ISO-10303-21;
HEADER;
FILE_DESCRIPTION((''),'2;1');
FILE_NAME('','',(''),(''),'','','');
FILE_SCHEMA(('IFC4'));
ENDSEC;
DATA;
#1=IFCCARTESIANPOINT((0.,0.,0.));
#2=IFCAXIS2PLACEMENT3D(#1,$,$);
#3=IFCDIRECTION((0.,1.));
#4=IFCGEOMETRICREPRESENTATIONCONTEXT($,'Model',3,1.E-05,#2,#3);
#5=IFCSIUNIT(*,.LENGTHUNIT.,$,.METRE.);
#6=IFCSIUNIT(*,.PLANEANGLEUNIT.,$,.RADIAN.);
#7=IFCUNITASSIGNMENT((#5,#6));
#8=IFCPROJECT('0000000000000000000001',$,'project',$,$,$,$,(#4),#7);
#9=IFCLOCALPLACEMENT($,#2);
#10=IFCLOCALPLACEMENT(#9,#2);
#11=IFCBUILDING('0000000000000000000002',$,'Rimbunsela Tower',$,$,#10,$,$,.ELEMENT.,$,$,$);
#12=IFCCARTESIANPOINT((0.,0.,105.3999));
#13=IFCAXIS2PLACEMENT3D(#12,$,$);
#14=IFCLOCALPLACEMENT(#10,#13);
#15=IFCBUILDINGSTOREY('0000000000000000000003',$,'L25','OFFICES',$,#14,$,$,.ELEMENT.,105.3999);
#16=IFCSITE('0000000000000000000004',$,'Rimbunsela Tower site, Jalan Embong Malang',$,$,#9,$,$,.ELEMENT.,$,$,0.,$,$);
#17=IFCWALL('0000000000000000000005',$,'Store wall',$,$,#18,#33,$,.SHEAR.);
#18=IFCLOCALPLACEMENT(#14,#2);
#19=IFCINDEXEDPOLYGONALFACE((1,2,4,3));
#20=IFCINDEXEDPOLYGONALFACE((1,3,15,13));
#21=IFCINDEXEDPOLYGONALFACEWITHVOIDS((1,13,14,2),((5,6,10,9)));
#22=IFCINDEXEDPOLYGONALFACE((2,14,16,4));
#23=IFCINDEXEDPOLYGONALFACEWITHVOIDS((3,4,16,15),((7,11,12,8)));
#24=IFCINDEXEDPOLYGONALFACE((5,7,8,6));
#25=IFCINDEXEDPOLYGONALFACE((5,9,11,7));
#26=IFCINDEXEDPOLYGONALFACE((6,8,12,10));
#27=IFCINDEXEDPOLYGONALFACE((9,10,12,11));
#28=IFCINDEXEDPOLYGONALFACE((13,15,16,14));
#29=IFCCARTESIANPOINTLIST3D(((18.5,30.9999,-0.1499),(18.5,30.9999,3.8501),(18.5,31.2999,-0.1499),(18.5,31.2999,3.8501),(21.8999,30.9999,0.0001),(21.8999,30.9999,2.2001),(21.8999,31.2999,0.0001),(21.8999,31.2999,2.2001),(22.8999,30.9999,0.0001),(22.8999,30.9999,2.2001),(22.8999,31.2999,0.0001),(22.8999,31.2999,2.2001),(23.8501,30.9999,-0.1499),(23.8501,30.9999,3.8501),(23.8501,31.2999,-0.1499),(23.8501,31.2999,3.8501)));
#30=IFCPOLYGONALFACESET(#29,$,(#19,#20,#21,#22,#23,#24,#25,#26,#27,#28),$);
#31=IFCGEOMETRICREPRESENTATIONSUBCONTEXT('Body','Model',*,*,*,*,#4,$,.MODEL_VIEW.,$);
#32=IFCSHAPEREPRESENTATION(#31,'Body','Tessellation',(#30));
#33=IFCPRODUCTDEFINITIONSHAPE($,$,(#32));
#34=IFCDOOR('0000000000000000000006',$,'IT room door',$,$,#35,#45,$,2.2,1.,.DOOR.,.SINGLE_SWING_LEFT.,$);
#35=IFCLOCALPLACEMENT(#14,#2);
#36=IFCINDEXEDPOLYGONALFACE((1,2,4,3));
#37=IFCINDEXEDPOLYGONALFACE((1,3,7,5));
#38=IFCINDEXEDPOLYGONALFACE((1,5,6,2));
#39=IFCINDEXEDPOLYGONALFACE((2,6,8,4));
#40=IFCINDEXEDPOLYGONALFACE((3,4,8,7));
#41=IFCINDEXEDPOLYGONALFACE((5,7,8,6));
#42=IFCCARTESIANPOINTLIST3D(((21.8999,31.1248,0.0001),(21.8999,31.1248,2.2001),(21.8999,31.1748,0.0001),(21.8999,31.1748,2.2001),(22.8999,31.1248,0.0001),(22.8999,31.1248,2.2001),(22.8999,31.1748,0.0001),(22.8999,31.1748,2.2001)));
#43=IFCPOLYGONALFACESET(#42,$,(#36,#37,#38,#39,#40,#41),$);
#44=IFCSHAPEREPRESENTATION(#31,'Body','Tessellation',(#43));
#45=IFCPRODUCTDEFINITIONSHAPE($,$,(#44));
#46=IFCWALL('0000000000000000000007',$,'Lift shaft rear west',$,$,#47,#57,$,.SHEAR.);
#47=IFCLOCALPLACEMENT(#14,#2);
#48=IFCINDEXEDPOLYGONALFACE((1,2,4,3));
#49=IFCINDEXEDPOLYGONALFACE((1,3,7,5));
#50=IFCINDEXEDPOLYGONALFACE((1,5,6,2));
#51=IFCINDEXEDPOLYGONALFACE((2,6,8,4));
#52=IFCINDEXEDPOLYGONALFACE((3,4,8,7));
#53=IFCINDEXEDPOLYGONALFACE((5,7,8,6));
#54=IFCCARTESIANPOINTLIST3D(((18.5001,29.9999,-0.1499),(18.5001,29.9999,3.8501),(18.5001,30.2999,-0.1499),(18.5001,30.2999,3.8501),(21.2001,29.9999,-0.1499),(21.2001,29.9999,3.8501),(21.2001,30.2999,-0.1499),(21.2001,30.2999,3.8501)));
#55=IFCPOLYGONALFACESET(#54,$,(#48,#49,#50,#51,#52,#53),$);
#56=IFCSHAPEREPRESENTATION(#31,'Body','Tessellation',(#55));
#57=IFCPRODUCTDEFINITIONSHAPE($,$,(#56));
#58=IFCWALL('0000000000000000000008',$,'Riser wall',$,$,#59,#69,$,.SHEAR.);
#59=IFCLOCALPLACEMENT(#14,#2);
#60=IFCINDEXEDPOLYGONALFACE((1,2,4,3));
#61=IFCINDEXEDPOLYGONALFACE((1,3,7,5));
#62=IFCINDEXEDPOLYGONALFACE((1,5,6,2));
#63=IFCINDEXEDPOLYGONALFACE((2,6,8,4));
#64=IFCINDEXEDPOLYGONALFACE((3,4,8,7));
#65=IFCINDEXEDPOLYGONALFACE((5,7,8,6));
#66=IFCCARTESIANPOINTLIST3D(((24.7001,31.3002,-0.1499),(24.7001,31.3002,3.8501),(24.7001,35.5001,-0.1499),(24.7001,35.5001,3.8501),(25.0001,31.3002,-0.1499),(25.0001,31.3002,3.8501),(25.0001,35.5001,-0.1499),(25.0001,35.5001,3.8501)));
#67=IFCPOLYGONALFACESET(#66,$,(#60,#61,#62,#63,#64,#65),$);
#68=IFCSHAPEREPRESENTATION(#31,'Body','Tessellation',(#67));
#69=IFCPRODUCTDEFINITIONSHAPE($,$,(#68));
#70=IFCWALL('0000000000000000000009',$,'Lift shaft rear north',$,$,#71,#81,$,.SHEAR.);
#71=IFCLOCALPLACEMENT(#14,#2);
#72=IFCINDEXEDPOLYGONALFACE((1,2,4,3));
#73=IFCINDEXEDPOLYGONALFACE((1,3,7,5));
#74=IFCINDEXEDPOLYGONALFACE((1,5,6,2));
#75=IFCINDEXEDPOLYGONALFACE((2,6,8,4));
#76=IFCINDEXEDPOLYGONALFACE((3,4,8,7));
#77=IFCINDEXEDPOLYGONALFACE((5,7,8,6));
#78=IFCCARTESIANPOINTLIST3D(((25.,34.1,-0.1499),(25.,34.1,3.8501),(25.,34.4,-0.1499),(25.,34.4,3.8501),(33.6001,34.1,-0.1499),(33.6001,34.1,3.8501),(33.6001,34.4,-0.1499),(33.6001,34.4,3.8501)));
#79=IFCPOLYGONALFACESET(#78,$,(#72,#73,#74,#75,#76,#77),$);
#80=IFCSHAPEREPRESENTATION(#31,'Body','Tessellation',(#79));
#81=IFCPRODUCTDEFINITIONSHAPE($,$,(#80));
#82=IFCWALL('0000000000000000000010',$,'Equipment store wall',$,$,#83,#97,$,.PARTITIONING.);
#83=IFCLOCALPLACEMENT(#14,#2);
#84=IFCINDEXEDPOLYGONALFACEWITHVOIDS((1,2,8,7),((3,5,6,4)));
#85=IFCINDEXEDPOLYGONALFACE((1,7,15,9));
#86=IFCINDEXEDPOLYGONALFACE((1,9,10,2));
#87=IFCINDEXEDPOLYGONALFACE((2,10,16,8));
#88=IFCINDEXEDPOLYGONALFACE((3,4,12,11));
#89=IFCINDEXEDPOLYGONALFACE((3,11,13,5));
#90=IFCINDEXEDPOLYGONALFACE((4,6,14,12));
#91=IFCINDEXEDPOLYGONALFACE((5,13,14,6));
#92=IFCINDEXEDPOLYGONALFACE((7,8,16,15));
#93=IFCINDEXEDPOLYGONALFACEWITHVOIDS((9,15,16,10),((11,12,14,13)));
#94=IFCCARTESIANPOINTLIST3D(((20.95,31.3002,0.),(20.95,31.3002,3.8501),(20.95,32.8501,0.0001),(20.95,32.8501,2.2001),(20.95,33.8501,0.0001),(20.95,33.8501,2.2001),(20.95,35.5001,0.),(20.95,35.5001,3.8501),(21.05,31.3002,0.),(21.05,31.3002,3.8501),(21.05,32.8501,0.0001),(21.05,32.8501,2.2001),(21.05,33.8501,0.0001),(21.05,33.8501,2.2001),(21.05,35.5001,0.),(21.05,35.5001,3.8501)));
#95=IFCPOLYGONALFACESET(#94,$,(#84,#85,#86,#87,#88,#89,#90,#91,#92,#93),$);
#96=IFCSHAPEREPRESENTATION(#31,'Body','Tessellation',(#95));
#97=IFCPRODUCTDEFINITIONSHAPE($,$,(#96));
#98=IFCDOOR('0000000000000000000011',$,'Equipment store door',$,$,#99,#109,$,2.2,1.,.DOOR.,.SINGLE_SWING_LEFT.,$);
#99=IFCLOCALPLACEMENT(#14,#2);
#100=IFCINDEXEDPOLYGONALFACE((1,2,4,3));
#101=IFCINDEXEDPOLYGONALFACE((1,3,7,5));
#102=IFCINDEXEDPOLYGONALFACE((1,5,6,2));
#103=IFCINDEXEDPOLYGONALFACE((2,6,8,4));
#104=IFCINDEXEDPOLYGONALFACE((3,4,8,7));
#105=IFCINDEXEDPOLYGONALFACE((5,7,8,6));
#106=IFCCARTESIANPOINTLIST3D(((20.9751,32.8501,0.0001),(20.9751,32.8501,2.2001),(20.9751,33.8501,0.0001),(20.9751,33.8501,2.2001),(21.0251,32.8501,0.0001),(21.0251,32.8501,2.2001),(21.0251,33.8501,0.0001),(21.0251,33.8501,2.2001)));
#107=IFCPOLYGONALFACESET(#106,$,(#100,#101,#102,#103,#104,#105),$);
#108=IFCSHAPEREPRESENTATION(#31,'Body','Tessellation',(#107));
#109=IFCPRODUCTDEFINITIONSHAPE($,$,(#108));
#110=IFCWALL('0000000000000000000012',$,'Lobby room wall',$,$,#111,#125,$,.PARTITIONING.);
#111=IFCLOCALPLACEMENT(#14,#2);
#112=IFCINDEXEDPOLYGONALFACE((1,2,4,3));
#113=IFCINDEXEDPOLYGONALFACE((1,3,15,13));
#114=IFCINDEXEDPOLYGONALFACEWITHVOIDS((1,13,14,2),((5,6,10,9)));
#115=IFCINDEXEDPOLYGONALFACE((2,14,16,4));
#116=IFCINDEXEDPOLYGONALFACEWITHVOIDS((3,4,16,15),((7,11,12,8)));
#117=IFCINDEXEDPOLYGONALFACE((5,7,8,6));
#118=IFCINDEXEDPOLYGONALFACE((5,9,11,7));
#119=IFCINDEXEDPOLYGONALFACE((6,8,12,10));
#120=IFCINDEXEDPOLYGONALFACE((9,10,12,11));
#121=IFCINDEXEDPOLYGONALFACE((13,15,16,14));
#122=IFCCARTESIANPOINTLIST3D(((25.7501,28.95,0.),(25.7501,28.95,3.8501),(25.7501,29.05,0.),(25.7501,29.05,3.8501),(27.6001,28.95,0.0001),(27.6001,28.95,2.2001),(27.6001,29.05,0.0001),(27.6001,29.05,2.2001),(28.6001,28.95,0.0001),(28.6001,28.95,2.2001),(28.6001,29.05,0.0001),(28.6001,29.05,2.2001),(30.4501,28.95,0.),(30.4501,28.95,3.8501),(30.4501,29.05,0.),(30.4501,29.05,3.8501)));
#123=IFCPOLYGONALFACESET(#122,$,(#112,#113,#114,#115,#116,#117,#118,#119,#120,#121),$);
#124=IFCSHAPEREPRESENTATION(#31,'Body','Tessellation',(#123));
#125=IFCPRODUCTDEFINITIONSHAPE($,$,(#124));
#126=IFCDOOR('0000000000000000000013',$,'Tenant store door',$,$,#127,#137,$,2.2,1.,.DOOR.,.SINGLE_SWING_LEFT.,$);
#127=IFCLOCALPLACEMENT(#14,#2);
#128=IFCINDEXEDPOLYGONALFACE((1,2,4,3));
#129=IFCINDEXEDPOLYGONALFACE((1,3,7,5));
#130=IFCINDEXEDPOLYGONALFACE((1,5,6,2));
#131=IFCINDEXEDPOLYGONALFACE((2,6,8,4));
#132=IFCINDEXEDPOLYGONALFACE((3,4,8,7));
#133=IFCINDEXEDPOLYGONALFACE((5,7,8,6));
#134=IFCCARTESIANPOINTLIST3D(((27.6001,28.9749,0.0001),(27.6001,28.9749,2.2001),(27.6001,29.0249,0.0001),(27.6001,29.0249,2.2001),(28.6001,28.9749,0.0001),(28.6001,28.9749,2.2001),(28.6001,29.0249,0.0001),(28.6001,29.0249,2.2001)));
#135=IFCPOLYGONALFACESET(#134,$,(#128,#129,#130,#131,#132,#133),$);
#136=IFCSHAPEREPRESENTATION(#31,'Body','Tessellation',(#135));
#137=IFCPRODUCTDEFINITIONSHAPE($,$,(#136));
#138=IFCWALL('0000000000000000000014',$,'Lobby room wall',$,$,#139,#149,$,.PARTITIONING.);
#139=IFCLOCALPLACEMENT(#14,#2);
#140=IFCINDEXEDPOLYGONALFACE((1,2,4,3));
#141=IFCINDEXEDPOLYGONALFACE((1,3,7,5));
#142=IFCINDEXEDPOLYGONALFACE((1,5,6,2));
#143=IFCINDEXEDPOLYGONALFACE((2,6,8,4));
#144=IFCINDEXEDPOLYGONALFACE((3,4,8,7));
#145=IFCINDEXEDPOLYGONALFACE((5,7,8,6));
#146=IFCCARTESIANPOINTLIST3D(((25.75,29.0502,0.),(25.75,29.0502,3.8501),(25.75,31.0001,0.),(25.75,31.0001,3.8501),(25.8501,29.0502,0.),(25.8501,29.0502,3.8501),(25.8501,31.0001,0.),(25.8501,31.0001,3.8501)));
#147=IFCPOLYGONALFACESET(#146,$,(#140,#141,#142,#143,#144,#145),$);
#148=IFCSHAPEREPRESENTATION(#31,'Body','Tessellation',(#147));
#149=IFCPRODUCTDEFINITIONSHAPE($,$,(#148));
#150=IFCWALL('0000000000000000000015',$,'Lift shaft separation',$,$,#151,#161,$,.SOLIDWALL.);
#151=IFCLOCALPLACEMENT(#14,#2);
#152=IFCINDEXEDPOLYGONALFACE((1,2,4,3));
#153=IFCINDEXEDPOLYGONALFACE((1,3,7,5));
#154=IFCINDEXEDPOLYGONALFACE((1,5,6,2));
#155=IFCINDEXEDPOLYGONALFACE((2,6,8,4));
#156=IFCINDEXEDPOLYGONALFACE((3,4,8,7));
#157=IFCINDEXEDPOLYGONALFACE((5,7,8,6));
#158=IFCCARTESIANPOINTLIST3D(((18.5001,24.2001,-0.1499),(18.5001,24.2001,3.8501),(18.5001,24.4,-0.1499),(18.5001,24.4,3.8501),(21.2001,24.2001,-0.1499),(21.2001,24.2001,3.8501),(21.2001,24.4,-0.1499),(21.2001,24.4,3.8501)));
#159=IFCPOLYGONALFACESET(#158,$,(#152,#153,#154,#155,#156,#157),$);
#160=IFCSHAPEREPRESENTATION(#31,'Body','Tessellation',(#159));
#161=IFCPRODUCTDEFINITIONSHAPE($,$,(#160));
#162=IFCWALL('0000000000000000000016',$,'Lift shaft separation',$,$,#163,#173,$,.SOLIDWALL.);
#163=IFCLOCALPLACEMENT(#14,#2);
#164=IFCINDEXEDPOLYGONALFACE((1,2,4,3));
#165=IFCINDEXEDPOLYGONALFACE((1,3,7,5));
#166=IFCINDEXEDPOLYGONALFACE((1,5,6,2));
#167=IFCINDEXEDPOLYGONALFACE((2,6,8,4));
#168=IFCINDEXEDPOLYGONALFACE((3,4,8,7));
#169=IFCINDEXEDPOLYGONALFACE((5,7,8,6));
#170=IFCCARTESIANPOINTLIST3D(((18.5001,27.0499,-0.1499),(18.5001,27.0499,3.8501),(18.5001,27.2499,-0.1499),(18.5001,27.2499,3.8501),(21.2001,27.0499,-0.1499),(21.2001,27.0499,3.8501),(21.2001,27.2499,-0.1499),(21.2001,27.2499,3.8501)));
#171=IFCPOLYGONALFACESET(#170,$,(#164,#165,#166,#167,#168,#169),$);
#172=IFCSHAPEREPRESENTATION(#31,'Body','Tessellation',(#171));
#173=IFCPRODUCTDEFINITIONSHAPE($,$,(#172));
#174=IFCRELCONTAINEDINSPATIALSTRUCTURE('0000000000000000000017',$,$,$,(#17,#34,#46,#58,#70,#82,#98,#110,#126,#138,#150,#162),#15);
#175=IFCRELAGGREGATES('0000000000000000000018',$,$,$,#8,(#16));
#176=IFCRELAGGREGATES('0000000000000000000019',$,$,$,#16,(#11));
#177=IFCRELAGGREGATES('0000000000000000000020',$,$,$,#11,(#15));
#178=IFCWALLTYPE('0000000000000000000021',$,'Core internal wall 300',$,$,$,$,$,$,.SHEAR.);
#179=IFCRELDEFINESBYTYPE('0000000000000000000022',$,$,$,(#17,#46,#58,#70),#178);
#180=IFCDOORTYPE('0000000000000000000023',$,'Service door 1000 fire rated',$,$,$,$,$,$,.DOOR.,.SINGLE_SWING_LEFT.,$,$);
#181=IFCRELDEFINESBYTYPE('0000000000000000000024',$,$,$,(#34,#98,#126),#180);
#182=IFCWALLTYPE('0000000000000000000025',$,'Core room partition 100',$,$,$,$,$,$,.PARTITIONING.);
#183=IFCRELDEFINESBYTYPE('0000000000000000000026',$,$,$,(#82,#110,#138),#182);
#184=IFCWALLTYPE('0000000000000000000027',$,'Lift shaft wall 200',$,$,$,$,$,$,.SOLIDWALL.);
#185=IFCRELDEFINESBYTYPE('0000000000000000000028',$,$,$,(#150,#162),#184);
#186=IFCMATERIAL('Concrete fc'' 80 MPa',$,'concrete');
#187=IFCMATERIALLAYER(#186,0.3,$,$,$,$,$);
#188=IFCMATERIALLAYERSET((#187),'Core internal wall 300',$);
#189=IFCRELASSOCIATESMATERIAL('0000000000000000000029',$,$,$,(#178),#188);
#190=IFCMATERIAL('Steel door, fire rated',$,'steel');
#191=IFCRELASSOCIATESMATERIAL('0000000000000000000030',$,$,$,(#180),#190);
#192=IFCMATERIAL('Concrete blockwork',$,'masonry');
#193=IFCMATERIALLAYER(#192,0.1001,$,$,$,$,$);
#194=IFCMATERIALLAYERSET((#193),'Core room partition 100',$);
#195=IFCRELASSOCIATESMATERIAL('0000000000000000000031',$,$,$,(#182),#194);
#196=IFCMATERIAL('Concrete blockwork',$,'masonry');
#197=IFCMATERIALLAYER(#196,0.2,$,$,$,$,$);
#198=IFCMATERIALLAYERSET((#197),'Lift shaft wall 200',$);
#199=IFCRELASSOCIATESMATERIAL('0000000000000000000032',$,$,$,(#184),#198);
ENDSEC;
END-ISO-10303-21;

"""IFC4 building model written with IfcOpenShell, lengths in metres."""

from ifc_helpers import new_model, si_unit, direction, frame, frame_2d, origin, place, context, subcontext, project, spatial, rectangle, extrude, material, layer, layer_set, type_object, element, fill, save


model = new_model("IFC4")

# Units and contexts
model_context = context("Model", 3, precision=1e-05, world=origin(), true_north=direction((0.0, 1.0)))
body_context = subcontext(model_context, "Body", "Model", "MODEL_VIEW")
ifc_project = project(units=[si_unit("LENGTHUNIT", "METRE"), si_unit("PLANEANGLEUNIT", "RADIAN")], contexts=[model_context])

# Site, building, storey
site_placement = place(None, origin())
site = spatial("IfcSite", under=ifc_project, at=site_placement, Name="Rimbunsela Tower site, Jalan Embong Malang", CompositionType="ELEMENT", RefElevation=0.0)
building_placement = place(site_placement, origin())
building = spatial("IfcBuilding", under=site, at=building_placement, Name="Rimbunsela Tower", CompositionType="ELEMENT")
storey_placement = place(building_placement, frame((0.0, 0.0, 105.3999)))
storey = spatial("IfcBuildingStorey", under=building, at=storey_placement, Name="L25", Description="OFFICES", CompositionType="ELEMENT", Elevation=105.3999)

# Shared definitions
ifc_material_1 = material(Name="Concrete fc' 80 MPa", Category="concrete")
ifc_layer_1 = layer(ifc_material_1, 0.3)
ifc_layer_set_1 = layer_set([ifc_layer_1], Name="Core internal wall 300")
wall_type_1 = type_object("IfcWallType", Name="Core internal wall 300", PredefinedType="SHEAR", material=ifc_layer_set_1)

# Wall, opening, door
wall_1_placement = place(storey_placement, frame((18.5, 31.1499, -0.1499), z_axis=(0.0, 0.0, 1.0), x_axis=(1.0, 0.0, 0.0)))
wall_1 = element("IfcWall", 1, at=wall_1_placement, inside=storey, type_object=wall_type_1, Name="Store wall", PredefinedType="SHEAR", context=body_context, shape_type="SweptSolid", body=[
    extrude(rectangle(XDim=5.3501, YDim=0.3, at=frame_2d((2.675, 0.0))), origin(), (0.0, 0.0, 1.0), 4.0),
])
opening_1_placement = place(wall_1_placement, frame((3.3999, 0.0, 0.1499)))
opening_1 = element("IfcOpeningElement", 2, at=opening_1_placement, cuts=wall_1, PredefinedType="OPENING", context=body_context, shape_type="SweptSolid", body=[
    extrude(rectangle(XDim=1.0, YDim=2.2, at=frame_2d((0.5, 1.1001))), frame((0.0, 0.1599, 0.0), z_axis=(0.0, -1.0, 0.0), x_axis=(1.0, 0.0, 0.0)), (0.0, 0.0, 1.0), 0.3201),
])
ifc_material_2 = material(Name="Steel door, fire rated", Category="steel")
door_type_1 = type_object("IfcDoorType", Name="Service door 1000 fire rated", OperationType="SINGLE_SWING_LEFT", PredefinedType="DOOR", material=ifc_material_2)
door_1_placement = place(opening_1_placement, origin())
door_1 = element("IfcDoor", 3, at=door_1_placement, inside=storey, type_object=door_type_1, Name="IT room door", OperationType="SINGLE_SWING_LEFT", OverallHeight=2.2, OverallWidth=1.0, PredefinedType="DOOR", context=body_context, shape_type="SweptSolid", body=[
    extrude(rectangle(XDim=1.0, YDim=2.2, at=frame_2d((0.5, 1.1001))), frame((0.0, 0.0249, 0.0), z_axis=(0.0, -1.0, 0.0), x_axis=(1.0, 0.0, 0.0)), (0.0, 0.0, 1.0), 0.05),
])
fill(opening_1, door_1)

# Walls
wall_2_placement = place(storey_placement, frame((18.5, 30.1499, -0.1499), z_axis=(0.0, 0.0, 1.0), x_axis=(1.0, 0.0, 0.0)))
element("IfcWall", 4, at=wall_2_placement, inside=storey, type_object=wall_type_1, Name="Lift shaft rear west", PredefinedType="SHEAR", context=body_context, shape_type="SweptSolid", body=[
    extrude(rectangle(XDim=2.7, YDim=0.3, at=frame_2d((1.3501, 0.0))), origin(), (0.0, 0.0, 1.0), 4.0),
])
wall_3_placement = place(storey_placement, frame((24.8501, 31.3, -0.1499), z_axis=(0.0, 0.0, 1.0), x_axis=(0.0, 1.0, 0.0)))
element("IfcWall", 5, at=wall_3_placement, inside=storey, type_object=wall_type_1, Name="Riser wall", PredefinedType="SHEAR", context=body_context, shape_type="SweptSolid", body=[
    extrude(rectangle(XDim=4.2, YDim=0.3, at=frame_2d((2.1001, 0.0))), origin(), (0.0, 0.0, 1.0), 4.0),
])
wall_4_placement = place(storey_placement, frame((25.0, 34.25, -0.1499), z_axis=(0.0, 0.0, 1.0), x_axis=(1.0, 0.0, 0.0)))
element("IfcWall", 6, at=wall_4_placement, inside=storey, type_object=wall_type_1, Name="Lift shaft rear north", PredefinedType="SHEAR", context=body_context, shape_type="SweptSolid", body=[
    extrude(rectangle(XDim=8.6001, YDim=0.3, at=frame_2d((4.3, 0.0))), origin(), (0.0, 0.0, 1.0), 4.0),
])

# Walls, openings, doors
ifc_material_3 = material(Name="Concrete blockwork", Category="masonry")
ifc_layer_2 = layer(ifc_material_3, 0.1001)
ifc_layer_set_2 = layer_set([ifc_layer_2], Name="Core room partition 100")
wall_type_2 = type_object("IfcWallType", Name="Core room partition 100", PredefinedType="PARTITIONING", material=ifc_layer_set_2)
wall_5_placement = place(storey_placement, frame((21.0, 31.3, 0.0), z_axis=(0.0, 0.0, 1.0), x_axis=(0.0, 1.0, 0.0)))
wall_5 = element("IfcWall", 7, at=wall_5_placement, inside=storey, type_object=wall_type_2, Name="Equipment store wall", PredefinedType="PARTITIONING", context=body_context, shape_type="SweptSolid", body=[
    extrude(rectangle(XDim=4.2, YDim=0.1001, at=frame_2d((2.1001, 0.0))), origin(), (0.0, 0.0, 1.0), 3.8501),
])
opening_2_placement = place(wall_5_placement, frame((1.55, 0.0, 0.0)))
opening_2 = element("IfcOpeningElement", 8, at=opening_2_placement, cuts=wall_5, PredefinedType="OPENING", context=body_context, shape_type="SweptSolid", body=[
    extrude(rectangle(XDim=1.0, YDim=2.2, at=frame_2d((0.5, 1.1001))), frame((0.0, 0.0601, 0.0), z_axis=(0.0, -1.0, 0.0), x_axis=(1.0, 0.0, 0.0)), (0.0, 0.0, 1.0), 0.1201),
])
door_2_placement = place(opening_2_placement, origin())
door_2 = element("IfcDoor", 9, at=door_2_placement, inside=storey, type_object=door_type_1, Name="Equipment store door", OperationType="SINGLE_SWING_LEFT", OverallHeight=2.2, OverallWidth=1.0, PredefinedType="DOOR", context=body_context, shape_type="SweptSolid", body=[
    extrude(rectangle(XDim=1.0, YDim=2.2, at=frame_2d((0.5, 1.1001))), frame((0.0, 0.0249, 0.0), z_axis=(0.0, -1.0, 0.0), x_axis=(1.0, 0.0, 0.0)), (0.0, 0.0, 1.0), 0.05),
])
fill(opening_2, door_2)
wall_6_placement = place(storey_placement, frame((25.75, 29.0, 0.0), z_axis=(0.0, 0.0, 1.0), x_axis=(1.0, 0.0, 0.0)))
wall_6 = element("IfcWall", 10, at=wall_6_placement, inside=storey, type_object=wall_type_2, Name="Lobby room wall", PredefinedType="PARTITIONING", context=body_context, shape_type="SweptSolid", body=[
    extrude(rectangle(XDim=4.7, YDim=0.1001, at=frame_2d((2.3501, 0.0))), origin(), (0.0, 0.0, 1.0), 3.8501),
])
opening_3_placement = place(wall_6_placement, frame((1.8501, 0.0, 0.0)))
opening_3 = element("IfcOpeningElement", 11, at=opening_3_placement, cuts=wall_6, PredefinedType="OPENING", context=body_context, shape_type="SweptSolid", body=[
    extrude(rectangle(XDim=1.0, YDim=2.2, at=frame_2d((0.5, 1.1001))), frame((0.0, 0.0601, 0.0), z_axis=(0.0, -1.0, 0.0), x_axis=(1.0, 0.0, 0.0)), (0.0, 0.0, 1.0), 0.1201),
])
door_3_placement = place(opening_3_placement, origin())
door_3 = element("IfcDoor", 12, at=door_3_placement, inside=storey, type_object=door_type_1, Name="Tenant store door", OperationType="SINGLE_SWING_LEFT", OverallHeight=2.2, OverallWidth=1.0, PredefinedType="DOOR", context=body_context, shape_type="SweptSolid", body=[
    extrude(rectangle(XDim=1.0, YDim=2.2, at=frame_2d((0.5, 1.1001))), frame((0.0, 0.0249, 0.0), z_axis=(0.0, -1.0, 0.0), x_axis=(1.0, 0.0, 0.0)), (0.0, 0.0, 1.0), 0.05),
])
fill(opening_3, door_3)

# Walls
wall_7_placement = place(storey_placement, frame((25.8, 29.05, 0.0), z_axis=(0.0, 0.0, 1.0), x_axis=(0.0, 1.0, 0.0)))
element("IfcWall", 13, at=wall_7_placement, inside=storey, type_object=wall_type_2, Name="Lobby room wall", PredefinedType="PARTITIONING", context=body_context, shape_type="SweptSolid", body=[
    extrude(rectangle(XDim=1.95, YDim=0.1001, at=frame_2d((0.9751, 0.0))), origin(), (0.0, 0.0, 1.0), 3.8501),
])
ifc_material_4 = material(Name="Concrete blockwork", Category="masonry")
ifc_layer_3 = layer(ifc_material_4, 0.2)
ifc_layer_set_3 = layer_set([ifc_layer_3], Name="Lift shaft wall 200")
wall_type_3 = type_object("IfcWallType", Name="Lift shaft wall 200", PredefinedType="SOLIDWALL", material=ifc_layer_set_3)
for number, where, z_axis, x_axis, name in (
    (14, (18.5, 24.3, -0.1499), (0.0, 0.0, 1.0), (1.0, 0.0, 0.0), "Lift shaft separation"),
    (15, (18.5, 27.1499, -0.1499), (0.0, 0.0, 1.0), (1.0, 0.0, 0.0), "Lift shaft separation"),
):
    element("IfcWall", number, at=place(storey_placement, frame(where, z_axis=z_axis, x_axis=x_axis)), inside=storey, type_object=wall_type_3, Name=name, PredefinedType="SOLIDWALL", context=body_context, shape_type="SweptSolid", body=[
        extrude(rectangle(XDim=2.7, YDim=0.2, at=frame_2d((1.3501, 0.0))), origin(), (0.0, 0.0, 1.0), 4.0),
    ])

save(model, "model.ifc")
